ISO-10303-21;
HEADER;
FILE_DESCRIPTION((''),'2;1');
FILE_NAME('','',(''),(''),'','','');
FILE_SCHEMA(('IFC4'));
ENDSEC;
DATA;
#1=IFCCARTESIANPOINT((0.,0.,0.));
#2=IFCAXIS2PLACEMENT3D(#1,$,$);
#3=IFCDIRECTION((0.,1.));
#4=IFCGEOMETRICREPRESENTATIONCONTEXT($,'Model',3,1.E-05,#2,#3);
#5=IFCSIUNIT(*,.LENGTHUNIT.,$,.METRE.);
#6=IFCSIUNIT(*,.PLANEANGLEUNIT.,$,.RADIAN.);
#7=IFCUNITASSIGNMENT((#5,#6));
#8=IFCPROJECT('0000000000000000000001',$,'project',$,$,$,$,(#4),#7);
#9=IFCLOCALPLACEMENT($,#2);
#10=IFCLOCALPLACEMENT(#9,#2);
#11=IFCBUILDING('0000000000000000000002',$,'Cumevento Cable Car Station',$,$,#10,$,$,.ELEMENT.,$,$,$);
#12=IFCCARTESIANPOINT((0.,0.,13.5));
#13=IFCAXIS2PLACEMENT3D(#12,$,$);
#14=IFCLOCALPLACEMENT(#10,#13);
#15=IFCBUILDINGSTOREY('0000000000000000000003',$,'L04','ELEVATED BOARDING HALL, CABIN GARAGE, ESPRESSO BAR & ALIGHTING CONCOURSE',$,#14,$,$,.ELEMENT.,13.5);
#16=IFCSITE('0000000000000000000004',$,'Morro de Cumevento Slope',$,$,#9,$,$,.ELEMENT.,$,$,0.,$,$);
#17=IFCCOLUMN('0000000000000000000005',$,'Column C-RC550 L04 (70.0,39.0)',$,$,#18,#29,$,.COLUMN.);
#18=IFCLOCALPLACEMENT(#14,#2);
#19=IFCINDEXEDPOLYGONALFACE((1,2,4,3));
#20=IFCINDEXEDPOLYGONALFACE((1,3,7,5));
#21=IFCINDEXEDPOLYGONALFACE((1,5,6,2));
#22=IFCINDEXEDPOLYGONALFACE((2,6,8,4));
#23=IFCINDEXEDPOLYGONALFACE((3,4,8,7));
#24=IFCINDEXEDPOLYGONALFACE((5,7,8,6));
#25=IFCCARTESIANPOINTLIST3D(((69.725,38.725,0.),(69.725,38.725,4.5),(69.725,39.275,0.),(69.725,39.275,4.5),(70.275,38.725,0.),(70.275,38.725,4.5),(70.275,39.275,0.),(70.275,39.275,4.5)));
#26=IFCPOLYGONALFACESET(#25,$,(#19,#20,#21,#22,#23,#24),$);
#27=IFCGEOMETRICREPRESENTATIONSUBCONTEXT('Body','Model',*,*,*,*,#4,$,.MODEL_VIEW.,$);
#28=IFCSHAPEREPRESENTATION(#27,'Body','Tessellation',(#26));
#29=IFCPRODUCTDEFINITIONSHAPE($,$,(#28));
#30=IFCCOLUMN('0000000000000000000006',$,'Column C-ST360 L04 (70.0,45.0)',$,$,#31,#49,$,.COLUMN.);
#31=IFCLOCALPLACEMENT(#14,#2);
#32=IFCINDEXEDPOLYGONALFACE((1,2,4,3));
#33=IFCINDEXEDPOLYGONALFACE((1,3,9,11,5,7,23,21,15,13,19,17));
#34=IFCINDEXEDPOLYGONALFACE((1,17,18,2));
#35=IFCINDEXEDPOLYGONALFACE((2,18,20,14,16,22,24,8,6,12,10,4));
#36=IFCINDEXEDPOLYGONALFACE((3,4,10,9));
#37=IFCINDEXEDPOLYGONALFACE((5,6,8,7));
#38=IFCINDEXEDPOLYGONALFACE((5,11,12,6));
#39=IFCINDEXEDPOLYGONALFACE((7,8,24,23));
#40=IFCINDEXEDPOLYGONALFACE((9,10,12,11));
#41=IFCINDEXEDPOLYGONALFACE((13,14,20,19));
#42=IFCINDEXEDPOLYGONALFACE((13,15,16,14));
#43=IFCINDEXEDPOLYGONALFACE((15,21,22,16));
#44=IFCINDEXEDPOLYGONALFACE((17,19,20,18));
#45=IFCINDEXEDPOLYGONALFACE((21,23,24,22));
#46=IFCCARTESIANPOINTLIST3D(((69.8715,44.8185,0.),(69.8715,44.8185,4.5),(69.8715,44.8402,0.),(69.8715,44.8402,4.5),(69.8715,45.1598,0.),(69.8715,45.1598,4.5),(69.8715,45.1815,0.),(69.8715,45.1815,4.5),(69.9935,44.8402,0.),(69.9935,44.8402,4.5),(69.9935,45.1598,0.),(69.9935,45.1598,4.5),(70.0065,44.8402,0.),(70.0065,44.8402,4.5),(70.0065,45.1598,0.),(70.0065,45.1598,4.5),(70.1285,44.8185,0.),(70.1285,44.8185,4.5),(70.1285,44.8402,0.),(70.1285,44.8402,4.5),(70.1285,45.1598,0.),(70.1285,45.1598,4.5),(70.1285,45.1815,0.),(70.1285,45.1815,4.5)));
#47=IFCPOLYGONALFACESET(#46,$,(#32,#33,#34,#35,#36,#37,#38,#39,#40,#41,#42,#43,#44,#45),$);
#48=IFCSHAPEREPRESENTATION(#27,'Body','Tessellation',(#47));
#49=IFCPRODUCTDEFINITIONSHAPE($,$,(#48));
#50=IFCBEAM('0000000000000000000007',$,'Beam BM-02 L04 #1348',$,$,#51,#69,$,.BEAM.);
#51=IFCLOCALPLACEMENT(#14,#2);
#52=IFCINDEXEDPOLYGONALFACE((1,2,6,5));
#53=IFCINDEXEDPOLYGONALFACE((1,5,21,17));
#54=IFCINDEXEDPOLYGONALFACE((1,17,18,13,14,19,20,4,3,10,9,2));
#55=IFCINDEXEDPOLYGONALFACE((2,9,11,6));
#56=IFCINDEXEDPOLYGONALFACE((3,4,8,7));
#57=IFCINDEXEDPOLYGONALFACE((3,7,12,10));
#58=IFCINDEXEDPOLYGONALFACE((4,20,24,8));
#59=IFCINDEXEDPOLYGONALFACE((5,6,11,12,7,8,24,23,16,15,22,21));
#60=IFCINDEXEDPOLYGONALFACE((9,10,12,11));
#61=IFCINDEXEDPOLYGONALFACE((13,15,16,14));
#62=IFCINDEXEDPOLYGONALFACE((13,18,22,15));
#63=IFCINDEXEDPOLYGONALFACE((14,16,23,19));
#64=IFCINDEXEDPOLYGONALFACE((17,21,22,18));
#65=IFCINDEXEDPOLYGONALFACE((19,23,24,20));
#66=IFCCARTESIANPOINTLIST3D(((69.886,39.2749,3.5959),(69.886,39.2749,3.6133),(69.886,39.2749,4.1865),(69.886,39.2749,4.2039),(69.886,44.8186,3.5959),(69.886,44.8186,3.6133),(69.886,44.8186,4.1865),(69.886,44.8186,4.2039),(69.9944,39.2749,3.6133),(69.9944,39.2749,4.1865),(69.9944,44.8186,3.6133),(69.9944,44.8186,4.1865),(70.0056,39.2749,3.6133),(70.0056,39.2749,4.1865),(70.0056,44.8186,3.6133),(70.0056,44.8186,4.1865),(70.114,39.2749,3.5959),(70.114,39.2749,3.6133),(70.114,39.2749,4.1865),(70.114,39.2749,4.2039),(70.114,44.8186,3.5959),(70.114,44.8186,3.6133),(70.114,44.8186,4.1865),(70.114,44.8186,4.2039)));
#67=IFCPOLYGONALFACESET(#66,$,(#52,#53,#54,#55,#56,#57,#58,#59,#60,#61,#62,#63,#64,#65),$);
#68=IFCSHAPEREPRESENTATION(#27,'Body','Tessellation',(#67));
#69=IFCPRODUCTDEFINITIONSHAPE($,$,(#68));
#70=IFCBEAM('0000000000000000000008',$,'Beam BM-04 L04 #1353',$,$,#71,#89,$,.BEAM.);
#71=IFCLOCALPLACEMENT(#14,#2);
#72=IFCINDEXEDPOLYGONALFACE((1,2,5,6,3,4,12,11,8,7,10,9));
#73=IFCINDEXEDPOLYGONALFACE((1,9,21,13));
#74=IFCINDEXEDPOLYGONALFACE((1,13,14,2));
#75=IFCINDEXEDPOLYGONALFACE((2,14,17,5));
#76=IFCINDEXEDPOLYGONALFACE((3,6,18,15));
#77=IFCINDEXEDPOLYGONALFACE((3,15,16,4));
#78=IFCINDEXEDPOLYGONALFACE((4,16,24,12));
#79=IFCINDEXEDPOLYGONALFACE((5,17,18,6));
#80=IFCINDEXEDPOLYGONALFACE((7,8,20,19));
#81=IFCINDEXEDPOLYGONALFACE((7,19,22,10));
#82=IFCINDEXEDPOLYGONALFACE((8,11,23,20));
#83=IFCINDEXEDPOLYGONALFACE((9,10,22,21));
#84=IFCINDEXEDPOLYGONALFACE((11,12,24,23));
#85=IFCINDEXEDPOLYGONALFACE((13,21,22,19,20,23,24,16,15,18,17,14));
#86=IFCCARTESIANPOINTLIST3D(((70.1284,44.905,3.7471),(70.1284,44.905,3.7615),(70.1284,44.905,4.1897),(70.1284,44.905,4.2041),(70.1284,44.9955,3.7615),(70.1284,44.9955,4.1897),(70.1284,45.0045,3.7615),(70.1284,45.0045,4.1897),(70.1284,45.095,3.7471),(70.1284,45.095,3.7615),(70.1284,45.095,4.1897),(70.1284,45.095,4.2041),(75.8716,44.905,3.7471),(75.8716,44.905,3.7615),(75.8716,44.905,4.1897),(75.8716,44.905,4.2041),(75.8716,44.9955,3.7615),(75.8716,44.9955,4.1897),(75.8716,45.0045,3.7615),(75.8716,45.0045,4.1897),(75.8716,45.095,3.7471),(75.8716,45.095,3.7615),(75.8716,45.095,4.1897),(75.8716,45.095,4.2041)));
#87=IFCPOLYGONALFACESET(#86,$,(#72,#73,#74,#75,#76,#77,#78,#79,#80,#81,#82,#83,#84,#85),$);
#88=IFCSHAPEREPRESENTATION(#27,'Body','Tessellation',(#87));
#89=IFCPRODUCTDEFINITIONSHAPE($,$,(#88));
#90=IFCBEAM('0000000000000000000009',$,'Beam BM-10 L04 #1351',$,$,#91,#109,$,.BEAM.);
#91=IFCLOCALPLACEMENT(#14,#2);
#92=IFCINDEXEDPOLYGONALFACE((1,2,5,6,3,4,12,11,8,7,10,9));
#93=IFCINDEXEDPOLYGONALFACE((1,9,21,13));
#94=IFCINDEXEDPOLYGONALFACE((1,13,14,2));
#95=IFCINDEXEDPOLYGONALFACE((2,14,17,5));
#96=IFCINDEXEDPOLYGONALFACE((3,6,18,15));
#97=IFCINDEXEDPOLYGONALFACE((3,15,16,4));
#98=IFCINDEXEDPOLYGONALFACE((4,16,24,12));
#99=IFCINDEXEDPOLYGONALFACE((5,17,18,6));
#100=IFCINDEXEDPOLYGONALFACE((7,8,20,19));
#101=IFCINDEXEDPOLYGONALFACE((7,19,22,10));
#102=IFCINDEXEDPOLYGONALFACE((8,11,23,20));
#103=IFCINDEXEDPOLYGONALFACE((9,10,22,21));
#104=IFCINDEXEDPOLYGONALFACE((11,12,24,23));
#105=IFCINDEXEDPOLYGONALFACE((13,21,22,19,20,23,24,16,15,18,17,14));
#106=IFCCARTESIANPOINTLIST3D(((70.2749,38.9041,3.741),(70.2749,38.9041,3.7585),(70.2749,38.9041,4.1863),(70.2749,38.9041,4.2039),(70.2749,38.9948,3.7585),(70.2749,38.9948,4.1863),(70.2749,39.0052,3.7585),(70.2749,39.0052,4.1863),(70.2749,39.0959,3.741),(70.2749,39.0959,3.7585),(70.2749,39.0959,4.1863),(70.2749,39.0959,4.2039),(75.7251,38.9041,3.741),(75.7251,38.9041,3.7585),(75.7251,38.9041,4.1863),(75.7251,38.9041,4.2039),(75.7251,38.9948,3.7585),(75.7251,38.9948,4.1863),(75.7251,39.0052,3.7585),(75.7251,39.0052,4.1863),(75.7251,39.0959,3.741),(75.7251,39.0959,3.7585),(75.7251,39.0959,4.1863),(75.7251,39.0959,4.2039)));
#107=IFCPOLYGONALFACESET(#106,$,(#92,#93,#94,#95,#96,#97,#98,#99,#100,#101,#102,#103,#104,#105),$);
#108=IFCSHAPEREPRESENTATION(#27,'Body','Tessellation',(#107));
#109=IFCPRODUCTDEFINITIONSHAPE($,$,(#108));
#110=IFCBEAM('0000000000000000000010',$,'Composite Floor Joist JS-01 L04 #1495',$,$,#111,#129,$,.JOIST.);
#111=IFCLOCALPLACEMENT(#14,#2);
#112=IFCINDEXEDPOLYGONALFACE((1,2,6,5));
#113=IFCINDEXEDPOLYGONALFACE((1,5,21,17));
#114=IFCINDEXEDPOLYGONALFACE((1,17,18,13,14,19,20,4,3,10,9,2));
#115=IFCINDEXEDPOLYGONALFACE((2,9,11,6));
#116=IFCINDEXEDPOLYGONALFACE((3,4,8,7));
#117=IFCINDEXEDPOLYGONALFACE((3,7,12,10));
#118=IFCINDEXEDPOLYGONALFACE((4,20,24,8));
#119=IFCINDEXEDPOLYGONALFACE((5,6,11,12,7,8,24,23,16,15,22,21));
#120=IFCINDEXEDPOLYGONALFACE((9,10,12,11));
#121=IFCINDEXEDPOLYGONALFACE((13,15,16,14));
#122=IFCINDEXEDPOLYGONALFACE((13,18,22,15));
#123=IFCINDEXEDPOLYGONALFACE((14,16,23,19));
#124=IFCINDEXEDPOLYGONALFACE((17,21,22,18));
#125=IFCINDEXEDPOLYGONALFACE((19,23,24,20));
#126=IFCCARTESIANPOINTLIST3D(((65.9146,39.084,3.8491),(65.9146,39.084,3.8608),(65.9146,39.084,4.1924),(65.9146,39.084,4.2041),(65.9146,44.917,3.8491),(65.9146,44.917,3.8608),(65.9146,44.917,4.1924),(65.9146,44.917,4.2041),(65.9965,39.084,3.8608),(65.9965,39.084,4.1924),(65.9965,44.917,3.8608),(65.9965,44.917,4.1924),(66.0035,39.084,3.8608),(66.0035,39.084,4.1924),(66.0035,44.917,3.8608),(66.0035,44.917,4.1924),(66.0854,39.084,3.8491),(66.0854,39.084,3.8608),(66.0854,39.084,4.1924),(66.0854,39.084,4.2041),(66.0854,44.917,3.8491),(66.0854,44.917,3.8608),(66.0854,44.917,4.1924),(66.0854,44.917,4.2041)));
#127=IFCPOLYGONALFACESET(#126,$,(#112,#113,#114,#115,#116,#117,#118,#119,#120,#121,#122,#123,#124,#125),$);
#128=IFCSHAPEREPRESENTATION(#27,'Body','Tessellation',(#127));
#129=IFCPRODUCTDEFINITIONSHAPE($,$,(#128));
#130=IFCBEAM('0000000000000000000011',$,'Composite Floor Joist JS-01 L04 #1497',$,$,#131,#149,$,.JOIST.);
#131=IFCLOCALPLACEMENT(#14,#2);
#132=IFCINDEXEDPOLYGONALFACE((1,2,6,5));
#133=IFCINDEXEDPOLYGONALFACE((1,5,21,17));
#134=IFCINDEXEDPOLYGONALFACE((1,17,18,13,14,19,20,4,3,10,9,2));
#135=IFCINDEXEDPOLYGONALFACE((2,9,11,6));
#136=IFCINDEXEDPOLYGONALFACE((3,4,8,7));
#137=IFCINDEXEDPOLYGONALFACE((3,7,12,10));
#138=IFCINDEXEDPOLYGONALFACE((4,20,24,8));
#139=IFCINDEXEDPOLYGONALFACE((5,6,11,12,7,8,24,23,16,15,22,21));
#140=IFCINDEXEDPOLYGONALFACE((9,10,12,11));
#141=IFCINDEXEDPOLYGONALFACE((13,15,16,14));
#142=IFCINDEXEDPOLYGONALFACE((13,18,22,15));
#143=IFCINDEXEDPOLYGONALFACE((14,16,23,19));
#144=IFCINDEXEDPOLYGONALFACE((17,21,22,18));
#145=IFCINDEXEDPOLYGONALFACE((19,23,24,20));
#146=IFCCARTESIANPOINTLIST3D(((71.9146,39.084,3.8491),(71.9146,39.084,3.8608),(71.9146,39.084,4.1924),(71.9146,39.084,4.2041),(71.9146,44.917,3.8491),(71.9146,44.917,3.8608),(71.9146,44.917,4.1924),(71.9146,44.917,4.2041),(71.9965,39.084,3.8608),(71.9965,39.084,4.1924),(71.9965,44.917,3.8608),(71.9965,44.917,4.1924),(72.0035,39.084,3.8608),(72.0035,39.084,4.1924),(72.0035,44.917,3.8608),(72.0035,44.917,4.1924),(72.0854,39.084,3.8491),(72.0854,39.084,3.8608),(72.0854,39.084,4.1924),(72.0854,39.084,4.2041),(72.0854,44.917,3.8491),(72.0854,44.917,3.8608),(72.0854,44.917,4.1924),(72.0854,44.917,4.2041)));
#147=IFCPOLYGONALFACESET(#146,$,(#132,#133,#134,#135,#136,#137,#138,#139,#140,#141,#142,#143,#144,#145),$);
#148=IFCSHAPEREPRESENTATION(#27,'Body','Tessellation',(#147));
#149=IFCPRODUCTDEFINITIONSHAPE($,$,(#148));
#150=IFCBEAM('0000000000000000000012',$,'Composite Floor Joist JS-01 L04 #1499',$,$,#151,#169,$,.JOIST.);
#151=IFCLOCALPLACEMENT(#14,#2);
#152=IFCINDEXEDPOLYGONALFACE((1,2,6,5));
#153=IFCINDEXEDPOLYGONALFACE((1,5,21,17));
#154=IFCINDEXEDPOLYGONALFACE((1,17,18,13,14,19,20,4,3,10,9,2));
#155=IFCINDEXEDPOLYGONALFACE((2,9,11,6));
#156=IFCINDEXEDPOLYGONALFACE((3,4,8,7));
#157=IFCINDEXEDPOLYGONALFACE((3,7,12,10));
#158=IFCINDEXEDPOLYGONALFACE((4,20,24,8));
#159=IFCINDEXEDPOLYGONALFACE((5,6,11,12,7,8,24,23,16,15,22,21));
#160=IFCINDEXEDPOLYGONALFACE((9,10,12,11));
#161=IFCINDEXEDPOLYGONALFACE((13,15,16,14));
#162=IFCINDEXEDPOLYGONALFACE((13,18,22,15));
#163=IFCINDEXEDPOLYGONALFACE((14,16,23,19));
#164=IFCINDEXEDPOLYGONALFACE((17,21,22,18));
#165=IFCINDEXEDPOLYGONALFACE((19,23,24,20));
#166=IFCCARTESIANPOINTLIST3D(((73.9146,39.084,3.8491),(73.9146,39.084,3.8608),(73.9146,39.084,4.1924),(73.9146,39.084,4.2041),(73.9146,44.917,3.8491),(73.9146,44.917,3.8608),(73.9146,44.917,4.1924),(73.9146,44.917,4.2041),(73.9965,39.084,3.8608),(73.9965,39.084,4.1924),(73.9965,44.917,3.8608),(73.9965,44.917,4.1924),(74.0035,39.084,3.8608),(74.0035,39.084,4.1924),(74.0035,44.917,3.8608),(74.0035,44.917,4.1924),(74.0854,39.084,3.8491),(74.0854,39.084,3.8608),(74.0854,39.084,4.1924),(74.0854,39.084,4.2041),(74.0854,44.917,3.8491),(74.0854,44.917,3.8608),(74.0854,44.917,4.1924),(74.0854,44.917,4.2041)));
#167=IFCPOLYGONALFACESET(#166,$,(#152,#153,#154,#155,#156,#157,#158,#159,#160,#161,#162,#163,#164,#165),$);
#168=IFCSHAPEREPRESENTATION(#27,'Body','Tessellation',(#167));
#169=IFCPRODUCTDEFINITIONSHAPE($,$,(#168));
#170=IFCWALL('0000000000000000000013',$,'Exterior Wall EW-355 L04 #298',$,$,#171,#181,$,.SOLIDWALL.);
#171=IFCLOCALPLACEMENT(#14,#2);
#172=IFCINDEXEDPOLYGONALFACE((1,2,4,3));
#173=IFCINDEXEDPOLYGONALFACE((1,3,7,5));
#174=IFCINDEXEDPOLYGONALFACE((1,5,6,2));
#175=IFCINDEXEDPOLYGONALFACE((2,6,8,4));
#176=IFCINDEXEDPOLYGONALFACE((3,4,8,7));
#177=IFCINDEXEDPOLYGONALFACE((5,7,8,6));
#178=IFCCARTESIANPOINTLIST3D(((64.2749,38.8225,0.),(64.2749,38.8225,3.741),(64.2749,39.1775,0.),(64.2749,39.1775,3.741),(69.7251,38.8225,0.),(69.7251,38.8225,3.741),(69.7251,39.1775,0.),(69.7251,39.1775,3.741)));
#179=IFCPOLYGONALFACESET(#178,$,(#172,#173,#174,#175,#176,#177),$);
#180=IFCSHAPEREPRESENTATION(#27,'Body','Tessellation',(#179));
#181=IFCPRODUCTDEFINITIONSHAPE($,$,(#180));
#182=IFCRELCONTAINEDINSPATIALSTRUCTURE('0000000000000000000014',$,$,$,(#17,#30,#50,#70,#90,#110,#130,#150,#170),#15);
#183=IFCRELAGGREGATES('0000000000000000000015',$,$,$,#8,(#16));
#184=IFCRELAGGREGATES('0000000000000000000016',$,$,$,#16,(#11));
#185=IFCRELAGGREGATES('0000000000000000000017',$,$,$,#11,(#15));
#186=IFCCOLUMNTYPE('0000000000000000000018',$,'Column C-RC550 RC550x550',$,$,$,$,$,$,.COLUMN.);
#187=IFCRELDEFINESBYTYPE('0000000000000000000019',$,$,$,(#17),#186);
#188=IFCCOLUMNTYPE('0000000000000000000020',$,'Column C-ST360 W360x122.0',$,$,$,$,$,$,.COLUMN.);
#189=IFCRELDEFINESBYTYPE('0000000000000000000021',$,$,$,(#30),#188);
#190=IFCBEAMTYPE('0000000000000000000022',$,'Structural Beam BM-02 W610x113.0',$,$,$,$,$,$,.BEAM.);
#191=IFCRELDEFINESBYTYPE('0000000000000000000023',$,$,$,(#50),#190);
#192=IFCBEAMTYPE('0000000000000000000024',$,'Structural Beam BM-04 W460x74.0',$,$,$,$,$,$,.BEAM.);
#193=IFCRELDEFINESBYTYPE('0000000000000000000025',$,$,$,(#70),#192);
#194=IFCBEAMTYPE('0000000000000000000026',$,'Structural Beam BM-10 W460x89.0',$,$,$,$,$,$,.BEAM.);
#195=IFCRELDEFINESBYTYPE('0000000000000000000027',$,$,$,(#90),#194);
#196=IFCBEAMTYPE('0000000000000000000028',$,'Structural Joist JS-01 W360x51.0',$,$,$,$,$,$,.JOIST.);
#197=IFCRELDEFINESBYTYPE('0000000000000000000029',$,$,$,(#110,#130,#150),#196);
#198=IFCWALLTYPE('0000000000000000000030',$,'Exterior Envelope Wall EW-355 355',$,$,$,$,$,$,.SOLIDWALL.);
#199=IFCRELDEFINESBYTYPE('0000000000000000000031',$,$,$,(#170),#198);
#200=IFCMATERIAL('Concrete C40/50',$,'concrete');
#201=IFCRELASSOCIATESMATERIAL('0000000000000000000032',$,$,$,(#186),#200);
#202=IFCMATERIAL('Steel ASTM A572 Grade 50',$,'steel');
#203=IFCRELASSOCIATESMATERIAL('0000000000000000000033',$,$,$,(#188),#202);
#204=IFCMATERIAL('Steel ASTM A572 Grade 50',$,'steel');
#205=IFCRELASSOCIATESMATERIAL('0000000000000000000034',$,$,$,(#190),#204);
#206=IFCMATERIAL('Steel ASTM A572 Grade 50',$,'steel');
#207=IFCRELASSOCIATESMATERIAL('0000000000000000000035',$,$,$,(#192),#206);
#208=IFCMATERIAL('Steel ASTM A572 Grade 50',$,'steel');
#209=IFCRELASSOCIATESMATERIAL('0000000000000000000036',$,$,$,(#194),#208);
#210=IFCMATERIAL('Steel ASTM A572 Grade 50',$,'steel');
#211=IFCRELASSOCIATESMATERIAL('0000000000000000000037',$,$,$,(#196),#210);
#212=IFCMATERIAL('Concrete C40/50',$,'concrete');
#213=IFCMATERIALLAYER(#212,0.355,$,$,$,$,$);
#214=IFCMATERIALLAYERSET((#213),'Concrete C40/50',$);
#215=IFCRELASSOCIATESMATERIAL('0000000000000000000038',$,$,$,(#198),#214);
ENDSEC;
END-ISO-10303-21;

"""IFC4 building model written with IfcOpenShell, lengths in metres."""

from ifc_helpers import new_model, si_unit, direction, frame, frame_2d, origin, origin_2d, place, context, subcontext, project, spatial, rectangle, i_section, extrude, material, layer, layer_set, material_profile, profile_set, type_object, element, save


model = new_model("IFC4")

# Units and contexts
model_context = context("Model", 3, precision=1e-05, world=origin(), true_north=direction((0.0, 1.0)))
body_context = subcontext(model_context, "Body", "Model", "MODEL_VIEW")
ifc_project = project(units=[si_unit("LENGTHUNIT", "METRE"), si_unit("PLANEANGLEUNIT", "RADIAN")], contexts=[model_context])

# Site, building, storey
site_placement = place(None, origin())
site = spatial("IfcSite", under=ifc_project, at=site_placement, Name="Morro de Cumevento Slope", CompositionType="ELEMENT", RefElevation=0.0)
building_placement = place(site_placement, origin())
building = spatial("IfcBuilding", under=site, at=building_placement, Name="Cumevento Cable Car Station", CompositionType="ELEMENT")
storey_placement = place(building_placement, frame((0.0, 0.0, 13.5)))
storey = spatial("IfcBuildingStorey", under=building, at=storey_placement, Name="L04", Description="ELEVATED BOARDING HALL, CABIN GARAGE, ESPRESSO BAR & ALIGHTING CONCOURSE", CompositionType="ELEMENT", Elevation=13.5)

# Columns
ifc_material_1 = material(Name="Concrete C40/50", Category="concrete")
ifc_material_profile_1 = material_profile(ifc_material_1, rectangle(XDim=0.55, YDim=0.55, at=origin_2d()), Name="RC550x550")
ifc_profile_set_1 = profile_set([ifc_material_profile_1], Name="Concrete C40/50")
column_type_1 = type_object("IfcColumnType", Name="Column C-RC550 RC550x550", PredefinedType="COLUMN", material=ifc_profile_set_1)
column_1_placement = place(storey_placement, frame((70.0, 39.0, 0.0), z_axis=(0.0, 0.0, 1.0), x_axis=(1.0, 0.0, 0.0)))
element("IfcColumn", 1, at=column_1_placement, inside=storey, type_object=column_type_1, Name="Column C-RC550 L04 (70.0,39.0)", PredefinedType="COLUMN", context=body_context, shape_type="SweptSolid", body=[
    extrude(rectangle(XDim=0.55, YDim=0.55, at=origin_2d()), origin(), (0.0, 0.0, 1.0), 4.5),
])
ifc_material_2 = material(Name="Steel ASTM A572 Grade 50", Category="steel")
ifc_material_profile_2 = material_profile(ifc_material_2, i_section(OverallWidth=0.2571, OverallDepth=0.363, WebThickness=0.0129, FlangeThickness=0.0217, at=origin_2d()), Name="W360x122.0")
ifc_profile_set_2 = profile_set([ifc_material_profile_2], Name="Steel ASTM A572 Grade 50")
column_type_2 = type_object("IfcColumnType", Name="Column C-ST360 W360x122.0", PredefinedType="COLUMN", material=ifc_profile_set_2)
column_2_placement = place(storey_placement, frame((70.0, 45.0, 0.0), z_axis=(0.0, 0.0, 1.0), x_axis=(1.0, 0.0, 0.0)))
element("IfcColumn", 2, at=column_2_placement, inside=storey, type_object=column_type_2, Name="Column C-ST360 L04 (70.0,45.0)", PredefinedType="COLUMN", context=body_context, shape_type="SweptSolid", body=[
    extrude(i_section(OverallWidth=0.2571, OverallDepth=0.363, WebThickness=0.0129, FlangeThickness=0.0217, at=origin_2d()), origin(), (0.0, 0.0, 1.0), 4.5),
])

# Beams
ifc_material_3 = material(Name="Steel ASTM A572 Grade 50", Category="steel")
ifc_material_profile_3 = material_profile(ifc_material_3, i_section(OverallWidth=0.228, OverallDepth=0.6079, WebThickness=0.0112, FlangeThickness=0.0173, at=origin_2d()), Name="W610x113.0")
ifc_profile_set_3 = profile_set([ifc_material_profile_3], Name="Steel ASTM A572 Grade 50")
beam_type_1 = type_object("IfcBeamType", Name="Structural Beam BM-02 W610x113.0", PredefinedType="BEAM", material=ifc_profile_set_3)
beam_1_placement = place(storey_placement, frame((70.0, 39.2749, 3.8999), z_axis=(0.0, 1.0, 0.0), x_axis=(-1.0, 0.0, 0.0)))
element("IfcBeam", 3, at=beam_1_placement, inside=storey, type_object=beam_type_1, Name="Beam BM-02 L04 #1348", PredefinedType="BEAM", context=body_context, shape_type="SweptSolid", body=[
    extrude(i_section(OverallWidth=0.228, OverallDepth=0.6079, WebThickness=0.0112, FlangeThickness=0.0173, at=origin_2d()), origin(), (0.0, 0.0, 1.0), 5.5437),
])
ifc_material_4 = material(Name="Steel ASTM A572 Grade 50", Category="steel")
ifc_material_profile_4 = material_profile(ifc_material_4, i_section(OverallWidth=0.1899, OverallDepth=0.457, WebThickness=0.009, FlangeThickness=0.0144, at=origin_2d()), Name="W460x74.0")
ifc_profile_set_4 = profile_set([ifc_material_profile_4], Name="Steel ASTM A572 Grade 50")
beam_type_2 = type_object("IfcBeamType", Name="Structural Beam BM-04 W460x74.0", PredefinedType="BEAM", material=ifc_profile_set_4)
beam_2_placement = place(storey_placement, frame((70.1284, 45.0, 3.9756), z_axis=(1.0, 0.0, 0.0), x_axis=(0.0, 1.0, 0.0)))
element("IfcBeam", 4, at=beam_2_placement, inside=storey, type_object=beam_type_2, Name="Beam BM-04 L04 #1353", PredefinedType="BEAM", context=body_context, shape_type="SweptSolid", body=[
    extrude(i_section(OverallWidth=0.1899, OverallDepth=0.457, WebThickness=0.009, FlangeThickness=0.0144, at=origin_2d()), origin(), (0.0, 0.0, 1.0), 5.7432),
])
ifc_material_5 = material(Name="Steel ASTM A572 Grade 50", Category="steel")
ifc_material_profile_5 = material_profile(ifc_material_5, i_section(OverallWidth=0.1919, OverallDepth=0.4629, WebThickness=0.0105, FlangeThickness=0.0176, at=origin_2d()), Name="W460x89.0")
ifc_profile_set_5 = profile_set([ifc_material_profile_5], Name="Steel ASTM A572 Grade 50")
beam_type_3 = type_object("IfcBeamType", Name="Structural Beam BM-10 W460x89.0", PredefinedType="BEAM", material=ifc_profile_set_5)
beam_3_placement = place(storey_placement, frame((70.2749, 39.0, 3.9724), z_axis=(1.0, 0.0, 0.0), x_axis=(0.0, 1.0, 0.0)))
element("IfcBeam", 5, at=beam_3_placement, inside=storey, type_object=beam_type_3, Name="Beam BM-10 L04 #1351", PredefinedType="BEAM", context=body_context, shape_type="SweptSolid", body=[
    extrude(i_section(OverallWidth=0.1919, OverallDepth=0.4629, WebThickness=0.0105, FlangeThickness=0.0176, at=origin_2d()), origin(), (0.0, 0.0, 1.0), 5.4502),
])
ifc_material_6 = material(Name="Steel ASTM A572 Grade 50", Category="steel")
ifc_material_profile_6 = material_profile(ifc_material_6, i_section(OverallWidth=0.1709, OverallDepth=0.355, WebThickness=0.0071, FlangeThickness=0.0117, at=origin_2d()), Name="W360x51.0")
ifc_profile_set_6 = profile_set([ifc_material_profile_6], Name="Steel ASTM A572 Grade 50")
beam_type_4 = type_object("IfcBeamType", Name="Structural Joist JS-01 W360x51.0", PredefinedType="JOIST", material=ifc_profile_set_6)
for number, where, z_axis, x_axis, name in (
    (6, (66.0, 39.084, 4.0266), (0.0, 1.0, 0.0), (-1.0, 0.0, 0.0), "Composite Floor Joist JS-01 L04 #1495"),
    (7, (72.0, 39.084, 4.0266), (0.0, 1.0, 0.0), (-1.0, 0.0, 0.0), "Composite Floor Joist JS-01 L04 #1497"),
    (8, (74.0, 39.084, 4.0266), (0.0, 1.0, 0.0), (-1.0, 0.0, 0.0), "Composite Floor Joist JS-01 L04 #1499"),
):
    element("IfcBeam", number, at=place(storey_placement, frame(where, z_axis=z_axis, x_axis=x_axis)), inside=storey, type_object=beam_type_4, Name=name, PredefinedType="JOIST", context=body_context, shape_type="SweptSolid", body=[
        extrude(i_section(OverallWidth=0.1709, OverallDepth=0.355, WebThickness=0.0071, FlangeThickness=0.0117, at=origin_2d()), origin(), (0.0, 0.0, 1.0), 5.833),
    ])

# Wall
ifc_material_7 = material(Name="Concrete C40/50", Category="concrete")
ifc_layer_1 = layer(ifc_material_7, 0.355)
ifc_layer_set_1 = layer_set([ifc_layer_1], Name="Concrete C40/50")
wall_type_1 = type_object("IfcWallType", Name="Exterior Envelope Wall EW-355 355", PredefinedType="SOLIDWALL", material=ifc_layer_set_1)
wall_1_placement = place(storey_placement, frame((69.7251, 39.0, 0.0), z_axis=(0.0, 0.0, 1.0), x_axis=(-1.0, 0.0, 0.0)))
element("IfcWall", 9, at=wall_1_placement, inside=storey, type_object=wall_type_1, Name="Exterior Wall EW-355 L04 #298", PredefinedType="SOLIDWALL", context=body_context, shape_type="SweptSolid", body=[
    extrude(rectangle(XDim=5.4502, YDim=0.355, at=frame_2d((2.7251, 0.0))), origin(), (0.0, 0.0, 1.0), 3.741),
])

save(model, "model.ifc")
